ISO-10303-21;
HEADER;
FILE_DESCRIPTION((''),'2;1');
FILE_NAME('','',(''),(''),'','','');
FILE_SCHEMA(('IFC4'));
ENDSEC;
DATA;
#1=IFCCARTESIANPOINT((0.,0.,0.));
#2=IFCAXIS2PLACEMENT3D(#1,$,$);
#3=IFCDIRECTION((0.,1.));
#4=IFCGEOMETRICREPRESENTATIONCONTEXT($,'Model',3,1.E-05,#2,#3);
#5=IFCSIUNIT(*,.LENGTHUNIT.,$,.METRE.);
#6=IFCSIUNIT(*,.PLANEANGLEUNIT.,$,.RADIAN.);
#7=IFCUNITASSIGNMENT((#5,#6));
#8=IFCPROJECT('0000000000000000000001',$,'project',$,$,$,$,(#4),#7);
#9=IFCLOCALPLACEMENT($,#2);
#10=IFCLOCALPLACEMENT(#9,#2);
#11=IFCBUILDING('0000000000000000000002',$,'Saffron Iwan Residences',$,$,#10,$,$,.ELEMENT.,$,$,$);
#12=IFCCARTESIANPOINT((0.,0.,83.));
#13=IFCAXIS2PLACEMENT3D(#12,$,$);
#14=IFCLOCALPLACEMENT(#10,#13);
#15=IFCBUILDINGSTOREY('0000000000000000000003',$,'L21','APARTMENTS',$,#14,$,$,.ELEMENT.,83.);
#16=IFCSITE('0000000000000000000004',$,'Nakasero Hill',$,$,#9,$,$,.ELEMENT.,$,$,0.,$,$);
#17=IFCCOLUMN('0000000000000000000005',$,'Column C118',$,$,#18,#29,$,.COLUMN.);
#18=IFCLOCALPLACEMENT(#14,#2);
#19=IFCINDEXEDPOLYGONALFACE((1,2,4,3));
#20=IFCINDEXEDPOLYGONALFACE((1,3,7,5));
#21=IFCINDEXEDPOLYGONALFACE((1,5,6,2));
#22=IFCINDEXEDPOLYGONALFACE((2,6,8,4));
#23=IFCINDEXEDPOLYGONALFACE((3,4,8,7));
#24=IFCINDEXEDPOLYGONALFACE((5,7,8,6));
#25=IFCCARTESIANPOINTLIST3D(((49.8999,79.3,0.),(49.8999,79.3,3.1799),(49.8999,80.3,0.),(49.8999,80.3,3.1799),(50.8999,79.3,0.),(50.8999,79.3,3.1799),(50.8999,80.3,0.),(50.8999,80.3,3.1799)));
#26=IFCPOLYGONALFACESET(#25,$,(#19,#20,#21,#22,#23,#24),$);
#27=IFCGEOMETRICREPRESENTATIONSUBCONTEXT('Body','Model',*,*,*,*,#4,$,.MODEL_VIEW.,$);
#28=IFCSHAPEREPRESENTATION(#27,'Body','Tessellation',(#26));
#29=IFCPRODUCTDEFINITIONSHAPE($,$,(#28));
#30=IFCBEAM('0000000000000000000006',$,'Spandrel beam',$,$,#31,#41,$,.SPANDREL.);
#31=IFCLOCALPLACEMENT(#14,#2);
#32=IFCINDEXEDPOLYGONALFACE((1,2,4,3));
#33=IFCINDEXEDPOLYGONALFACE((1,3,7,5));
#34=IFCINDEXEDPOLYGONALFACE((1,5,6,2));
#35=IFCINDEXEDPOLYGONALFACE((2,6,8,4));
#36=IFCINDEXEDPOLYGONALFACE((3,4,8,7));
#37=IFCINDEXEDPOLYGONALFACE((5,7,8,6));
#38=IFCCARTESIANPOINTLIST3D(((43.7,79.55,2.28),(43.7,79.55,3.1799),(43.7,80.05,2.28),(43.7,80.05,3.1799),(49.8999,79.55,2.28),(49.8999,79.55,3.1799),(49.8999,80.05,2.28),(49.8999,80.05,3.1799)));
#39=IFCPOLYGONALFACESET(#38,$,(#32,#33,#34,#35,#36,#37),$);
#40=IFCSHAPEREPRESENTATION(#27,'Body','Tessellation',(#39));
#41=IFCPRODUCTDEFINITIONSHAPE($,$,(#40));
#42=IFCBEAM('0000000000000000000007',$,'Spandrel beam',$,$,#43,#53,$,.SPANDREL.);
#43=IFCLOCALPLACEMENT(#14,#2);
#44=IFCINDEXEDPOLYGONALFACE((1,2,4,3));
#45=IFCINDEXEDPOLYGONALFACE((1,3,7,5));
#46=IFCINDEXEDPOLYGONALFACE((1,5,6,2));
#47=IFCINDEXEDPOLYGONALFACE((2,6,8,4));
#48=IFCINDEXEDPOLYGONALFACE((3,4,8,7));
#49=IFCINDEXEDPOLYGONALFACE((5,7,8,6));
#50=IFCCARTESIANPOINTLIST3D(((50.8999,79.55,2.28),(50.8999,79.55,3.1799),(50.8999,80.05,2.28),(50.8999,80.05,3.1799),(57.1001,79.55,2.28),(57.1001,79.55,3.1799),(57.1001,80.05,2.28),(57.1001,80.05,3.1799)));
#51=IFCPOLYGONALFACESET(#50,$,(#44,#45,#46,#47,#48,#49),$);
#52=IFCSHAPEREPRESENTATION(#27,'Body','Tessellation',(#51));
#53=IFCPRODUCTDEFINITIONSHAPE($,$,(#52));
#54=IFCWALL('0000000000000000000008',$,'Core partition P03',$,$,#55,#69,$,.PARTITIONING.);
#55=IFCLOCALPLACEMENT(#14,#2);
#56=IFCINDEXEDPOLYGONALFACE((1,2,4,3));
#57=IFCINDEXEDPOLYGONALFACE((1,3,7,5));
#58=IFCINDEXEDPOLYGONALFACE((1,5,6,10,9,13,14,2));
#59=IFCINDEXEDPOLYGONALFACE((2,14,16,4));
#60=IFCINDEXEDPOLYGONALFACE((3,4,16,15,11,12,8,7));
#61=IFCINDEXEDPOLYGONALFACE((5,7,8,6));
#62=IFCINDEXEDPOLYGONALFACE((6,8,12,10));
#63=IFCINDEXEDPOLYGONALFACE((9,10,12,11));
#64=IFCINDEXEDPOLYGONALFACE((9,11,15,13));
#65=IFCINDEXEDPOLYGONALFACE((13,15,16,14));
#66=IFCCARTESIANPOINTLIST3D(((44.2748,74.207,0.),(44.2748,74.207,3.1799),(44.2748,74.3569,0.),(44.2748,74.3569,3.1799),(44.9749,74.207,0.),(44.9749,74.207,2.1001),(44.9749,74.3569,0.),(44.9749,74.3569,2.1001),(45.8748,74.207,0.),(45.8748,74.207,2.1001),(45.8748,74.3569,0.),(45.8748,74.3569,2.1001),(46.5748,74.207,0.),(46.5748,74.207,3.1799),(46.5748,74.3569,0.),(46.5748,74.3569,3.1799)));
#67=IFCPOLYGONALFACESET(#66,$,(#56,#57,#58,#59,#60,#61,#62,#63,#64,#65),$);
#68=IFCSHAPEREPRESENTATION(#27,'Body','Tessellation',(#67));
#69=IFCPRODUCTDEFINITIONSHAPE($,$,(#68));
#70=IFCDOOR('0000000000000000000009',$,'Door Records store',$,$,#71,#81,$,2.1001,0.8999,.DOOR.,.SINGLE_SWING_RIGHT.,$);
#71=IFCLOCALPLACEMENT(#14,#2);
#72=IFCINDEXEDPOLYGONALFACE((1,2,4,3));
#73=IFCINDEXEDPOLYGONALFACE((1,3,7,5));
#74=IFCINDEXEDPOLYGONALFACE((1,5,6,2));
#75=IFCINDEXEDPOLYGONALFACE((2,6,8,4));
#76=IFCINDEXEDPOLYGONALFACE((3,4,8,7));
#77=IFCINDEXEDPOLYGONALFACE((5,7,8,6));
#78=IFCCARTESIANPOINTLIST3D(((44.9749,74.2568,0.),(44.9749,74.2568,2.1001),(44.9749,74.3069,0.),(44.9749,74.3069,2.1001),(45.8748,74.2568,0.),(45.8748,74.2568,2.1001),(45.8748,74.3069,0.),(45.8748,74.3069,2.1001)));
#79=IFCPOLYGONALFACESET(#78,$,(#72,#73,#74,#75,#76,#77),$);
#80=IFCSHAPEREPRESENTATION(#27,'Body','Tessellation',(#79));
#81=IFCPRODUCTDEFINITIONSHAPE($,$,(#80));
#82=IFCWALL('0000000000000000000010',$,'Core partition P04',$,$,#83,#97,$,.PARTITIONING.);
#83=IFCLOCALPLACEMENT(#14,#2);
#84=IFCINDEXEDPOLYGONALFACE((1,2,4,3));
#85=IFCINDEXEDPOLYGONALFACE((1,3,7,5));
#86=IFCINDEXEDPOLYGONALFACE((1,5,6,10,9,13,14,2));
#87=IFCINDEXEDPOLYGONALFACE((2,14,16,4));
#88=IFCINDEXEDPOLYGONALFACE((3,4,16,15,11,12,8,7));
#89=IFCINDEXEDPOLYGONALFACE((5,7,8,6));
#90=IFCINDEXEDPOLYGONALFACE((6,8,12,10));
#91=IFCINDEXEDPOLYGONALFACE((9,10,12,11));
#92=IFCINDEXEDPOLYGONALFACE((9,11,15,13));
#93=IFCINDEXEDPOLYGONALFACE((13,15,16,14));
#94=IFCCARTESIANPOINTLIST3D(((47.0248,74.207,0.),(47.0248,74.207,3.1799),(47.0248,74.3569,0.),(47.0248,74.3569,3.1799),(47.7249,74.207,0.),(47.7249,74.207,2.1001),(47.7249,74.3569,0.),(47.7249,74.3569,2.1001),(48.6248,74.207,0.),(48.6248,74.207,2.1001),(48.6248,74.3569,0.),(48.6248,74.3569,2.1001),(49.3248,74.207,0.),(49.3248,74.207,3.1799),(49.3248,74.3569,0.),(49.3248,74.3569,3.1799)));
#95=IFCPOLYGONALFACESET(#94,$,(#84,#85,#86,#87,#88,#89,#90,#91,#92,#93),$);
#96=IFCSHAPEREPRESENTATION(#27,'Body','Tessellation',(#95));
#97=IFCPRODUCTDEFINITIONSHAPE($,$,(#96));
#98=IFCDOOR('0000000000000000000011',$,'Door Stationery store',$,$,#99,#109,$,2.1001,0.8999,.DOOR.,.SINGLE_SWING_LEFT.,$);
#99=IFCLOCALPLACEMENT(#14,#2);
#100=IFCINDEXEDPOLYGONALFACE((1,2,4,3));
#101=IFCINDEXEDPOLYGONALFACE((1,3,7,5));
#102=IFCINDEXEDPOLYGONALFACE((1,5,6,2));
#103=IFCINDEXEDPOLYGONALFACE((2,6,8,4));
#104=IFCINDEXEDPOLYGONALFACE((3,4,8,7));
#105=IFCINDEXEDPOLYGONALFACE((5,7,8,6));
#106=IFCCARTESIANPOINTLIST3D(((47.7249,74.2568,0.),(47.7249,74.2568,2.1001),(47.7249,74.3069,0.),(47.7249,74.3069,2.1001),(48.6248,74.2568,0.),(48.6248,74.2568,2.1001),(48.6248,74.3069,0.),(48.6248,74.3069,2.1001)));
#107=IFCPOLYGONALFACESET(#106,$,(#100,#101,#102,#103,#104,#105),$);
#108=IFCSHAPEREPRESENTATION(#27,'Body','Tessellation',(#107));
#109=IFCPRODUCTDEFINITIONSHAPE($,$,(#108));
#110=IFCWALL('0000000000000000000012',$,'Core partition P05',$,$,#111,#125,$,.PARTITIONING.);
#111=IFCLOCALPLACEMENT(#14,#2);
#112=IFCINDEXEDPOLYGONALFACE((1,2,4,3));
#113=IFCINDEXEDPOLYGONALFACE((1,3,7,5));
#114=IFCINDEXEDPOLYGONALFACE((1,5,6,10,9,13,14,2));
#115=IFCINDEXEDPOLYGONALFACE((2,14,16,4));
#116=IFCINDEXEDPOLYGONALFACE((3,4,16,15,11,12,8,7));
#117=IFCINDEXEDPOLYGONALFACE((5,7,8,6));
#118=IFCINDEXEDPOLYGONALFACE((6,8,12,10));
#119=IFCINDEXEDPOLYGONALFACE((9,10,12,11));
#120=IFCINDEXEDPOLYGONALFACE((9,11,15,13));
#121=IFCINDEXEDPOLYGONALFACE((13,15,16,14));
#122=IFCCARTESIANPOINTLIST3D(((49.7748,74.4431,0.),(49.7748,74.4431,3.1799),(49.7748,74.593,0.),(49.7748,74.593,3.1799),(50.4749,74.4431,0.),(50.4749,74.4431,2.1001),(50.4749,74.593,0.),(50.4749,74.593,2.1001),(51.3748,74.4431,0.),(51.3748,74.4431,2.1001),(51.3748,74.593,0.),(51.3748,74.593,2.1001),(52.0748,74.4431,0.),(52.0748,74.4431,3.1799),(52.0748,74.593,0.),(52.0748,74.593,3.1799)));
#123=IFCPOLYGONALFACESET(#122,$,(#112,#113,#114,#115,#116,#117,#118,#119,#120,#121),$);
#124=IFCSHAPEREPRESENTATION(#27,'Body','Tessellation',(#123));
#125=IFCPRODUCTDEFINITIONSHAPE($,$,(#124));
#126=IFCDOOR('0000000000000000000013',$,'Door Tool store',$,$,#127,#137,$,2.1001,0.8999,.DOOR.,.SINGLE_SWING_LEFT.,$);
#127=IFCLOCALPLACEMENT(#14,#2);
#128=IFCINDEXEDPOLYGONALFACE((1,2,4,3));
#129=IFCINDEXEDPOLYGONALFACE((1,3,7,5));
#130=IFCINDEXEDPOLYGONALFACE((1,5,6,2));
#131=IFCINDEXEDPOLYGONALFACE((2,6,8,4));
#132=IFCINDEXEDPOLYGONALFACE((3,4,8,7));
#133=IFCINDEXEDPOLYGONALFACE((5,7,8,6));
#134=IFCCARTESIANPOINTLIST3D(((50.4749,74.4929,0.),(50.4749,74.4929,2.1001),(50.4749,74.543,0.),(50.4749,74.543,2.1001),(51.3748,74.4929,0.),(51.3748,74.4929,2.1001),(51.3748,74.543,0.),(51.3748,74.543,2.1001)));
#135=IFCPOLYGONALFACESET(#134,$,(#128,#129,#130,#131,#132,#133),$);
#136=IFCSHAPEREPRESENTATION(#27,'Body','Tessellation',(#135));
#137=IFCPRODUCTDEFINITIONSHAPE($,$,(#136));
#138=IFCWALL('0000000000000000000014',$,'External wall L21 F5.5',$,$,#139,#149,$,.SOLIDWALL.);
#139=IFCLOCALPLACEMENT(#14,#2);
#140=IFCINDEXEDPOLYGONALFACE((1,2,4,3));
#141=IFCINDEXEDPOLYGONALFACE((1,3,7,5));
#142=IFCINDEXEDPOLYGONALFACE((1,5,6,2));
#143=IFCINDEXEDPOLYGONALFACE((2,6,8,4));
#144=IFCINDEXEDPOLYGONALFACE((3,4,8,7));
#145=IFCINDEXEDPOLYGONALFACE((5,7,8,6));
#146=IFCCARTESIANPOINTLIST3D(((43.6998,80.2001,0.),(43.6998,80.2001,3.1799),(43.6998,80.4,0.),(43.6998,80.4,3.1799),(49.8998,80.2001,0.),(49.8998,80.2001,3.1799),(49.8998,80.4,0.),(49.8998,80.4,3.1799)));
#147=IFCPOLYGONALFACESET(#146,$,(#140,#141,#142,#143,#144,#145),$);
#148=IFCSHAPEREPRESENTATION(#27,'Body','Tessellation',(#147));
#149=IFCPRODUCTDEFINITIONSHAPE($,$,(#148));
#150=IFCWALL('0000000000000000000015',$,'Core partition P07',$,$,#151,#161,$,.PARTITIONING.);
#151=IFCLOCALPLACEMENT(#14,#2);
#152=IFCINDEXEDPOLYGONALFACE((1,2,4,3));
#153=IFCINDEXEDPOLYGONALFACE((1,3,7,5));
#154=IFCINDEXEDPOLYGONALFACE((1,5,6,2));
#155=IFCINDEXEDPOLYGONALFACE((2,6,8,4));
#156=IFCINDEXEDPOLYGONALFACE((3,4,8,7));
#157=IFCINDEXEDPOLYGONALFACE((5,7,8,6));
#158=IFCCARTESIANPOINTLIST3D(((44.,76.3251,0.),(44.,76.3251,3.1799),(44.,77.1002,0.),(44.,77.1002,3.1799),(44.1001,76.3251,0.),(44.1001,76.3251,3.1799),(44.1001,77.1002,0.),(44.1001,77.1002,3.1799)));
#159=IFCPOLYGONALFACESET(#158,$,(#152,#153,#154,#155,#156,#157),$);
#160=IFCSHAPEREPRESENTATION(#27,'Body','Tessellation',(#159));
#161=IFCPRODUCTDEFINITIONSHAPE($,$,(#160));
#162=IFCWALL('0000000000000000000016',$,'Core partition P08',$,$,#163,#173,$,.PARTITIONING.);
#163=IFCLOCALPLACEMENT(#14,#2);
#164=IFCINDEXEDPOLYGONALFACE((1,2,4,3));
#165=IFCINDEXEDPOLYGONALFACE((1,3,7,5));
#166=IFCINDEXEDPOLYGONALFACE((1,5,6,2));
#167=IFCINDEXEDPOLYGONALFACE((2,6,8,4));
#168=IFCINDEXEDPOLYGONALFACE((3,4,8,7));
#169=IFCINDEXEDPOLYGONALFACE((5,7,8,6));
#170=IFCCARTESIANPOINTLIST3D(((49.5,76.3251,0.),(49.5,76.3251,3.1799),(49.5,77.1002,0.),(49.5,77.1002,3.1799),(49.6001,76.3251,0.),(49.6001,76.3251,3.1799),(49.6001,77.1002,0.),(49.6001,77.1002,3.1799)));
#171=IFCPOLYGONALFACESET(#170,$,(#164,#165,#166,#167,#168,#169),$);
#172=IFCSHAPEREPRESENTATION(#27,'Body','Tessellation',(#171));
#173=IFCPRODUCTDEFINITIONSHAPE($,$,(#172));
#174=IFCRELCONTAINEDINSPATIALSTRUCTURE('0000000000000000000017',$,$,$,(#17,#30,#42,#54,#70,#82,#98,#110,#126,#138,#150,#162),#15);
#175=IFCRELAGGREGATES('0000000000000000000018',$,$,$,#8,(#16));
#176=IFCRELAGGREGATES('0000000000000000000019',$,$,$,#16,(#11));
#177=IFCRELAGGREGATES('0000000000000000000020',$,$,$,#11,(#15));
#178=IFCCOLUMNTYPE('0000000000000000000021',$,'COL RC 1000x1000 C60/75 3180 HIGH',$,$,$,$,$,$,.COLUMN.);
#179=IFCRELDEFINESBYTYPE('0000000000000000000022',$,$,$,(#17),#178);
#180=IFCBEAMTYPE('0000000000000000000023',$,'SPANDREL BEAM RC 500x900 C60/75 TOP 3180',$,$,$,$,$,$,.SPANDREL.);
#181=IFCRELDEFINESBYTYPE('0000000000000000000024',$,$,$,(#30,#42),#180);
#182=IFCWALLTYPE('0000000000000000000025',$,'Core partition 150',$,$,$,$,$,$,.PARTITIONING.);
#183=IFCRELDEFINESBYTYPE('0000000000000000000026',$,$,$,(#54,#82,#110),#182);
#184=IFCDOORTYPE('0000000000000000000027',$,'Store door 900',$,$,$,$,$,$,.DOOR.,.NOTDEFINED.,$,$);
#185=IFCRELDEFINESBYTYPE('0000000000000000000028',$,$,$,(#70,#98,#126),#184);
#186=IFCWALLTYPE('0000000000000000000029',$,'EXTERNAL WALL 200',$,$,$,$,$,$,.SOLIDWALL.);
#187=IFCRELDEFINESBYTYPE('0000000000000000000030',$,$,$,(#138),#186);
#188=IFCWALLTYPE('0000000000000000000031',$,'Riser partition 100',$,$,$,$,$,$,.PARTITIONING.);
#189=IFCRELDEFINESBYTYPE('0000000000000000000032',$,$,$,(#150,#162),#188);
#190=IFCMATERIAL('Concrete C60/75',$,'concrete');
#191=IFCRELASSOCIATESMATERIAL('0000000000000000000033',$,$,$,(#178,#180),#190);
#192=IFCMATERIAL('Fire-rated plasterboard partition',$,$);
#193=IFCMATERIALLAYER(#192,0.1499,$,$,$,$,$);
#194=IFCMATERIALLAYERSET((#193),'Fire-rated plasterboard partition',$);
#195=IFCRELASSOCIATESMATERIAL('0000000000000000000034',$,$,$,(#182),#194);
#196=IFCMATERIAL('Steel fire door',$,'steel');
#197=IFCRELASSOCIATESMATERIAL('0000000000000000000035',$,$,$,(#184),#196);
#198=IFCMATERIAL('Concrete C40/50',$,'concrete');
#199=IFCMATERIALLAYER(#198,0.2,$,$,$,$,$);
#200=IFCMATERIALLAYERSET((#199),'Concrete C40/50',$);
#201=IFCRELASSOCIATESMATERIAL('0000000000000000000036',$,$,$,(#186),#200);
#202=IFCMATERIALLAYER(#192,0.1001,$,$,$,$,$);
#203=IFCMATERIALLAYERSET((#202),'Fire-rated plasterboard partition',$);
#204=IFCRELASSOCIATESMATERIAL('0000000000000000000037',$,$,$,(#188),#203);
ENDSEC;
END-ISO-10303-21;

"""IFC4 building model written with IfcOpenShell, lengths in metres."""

from ifc_helpers import new_model, si_unit, direction, frame, frame_2d, origin, origin_2d, place, context, subcontext, project, spatial, rectangle, extrude, source, transform, mapped, material, layer, layer_set, material_profile, profile_set, type_object, element, fill, save


model = new_model("IFC4")

# Units and contexts
model_context = context("Model", 3, precision=1e-05, world=origin(), true_north=direction((0.0, 1.0)))
body_context = subcontext(model_context, "Body", "Model", "MODEL_VIEW")
ifc_project = project(units=[si_unit("LENGTHUNIT", "METRE"), si_unit("PLANEANGLEUNIT", "RADIAN")], contexts=[model_context])

# Site, building, storey
site_placement = place(None, origin())
site = spatial("IfcSite", under=ifc_project, at=site_placement, Name="Nakasero Hill", CompositionType="ELEMENT", RefElevation=0.0)
building_placement = place(site_placement, origin())
building = spatial("IfcBuilding", under=site, at=building_placement, Name="Saffron Iwan Residences", CompositionType="ELEMENT")
storey_placement = place(building_placement, frame((0.0, 0.0, 83.0)))
storey = spatial("IfcBuildingStorey", under=building, at=storey_placement, Name="L21", Description="APARTMENTS", CompositionType="ELEMENT", Elevation=83.0)

# Column
ifc_material_1 = material(Name="Concrete C60/75", Category="concrete")
ifc_material_profile_1 = material_profile(ifc_material_1, rectangle(XDim=1.0, YDim=1.0, at=origin_2d()), Name="RC 1000x1000")
ifc_profile_set_1 = profile_set([ifc_material_profile_1], Name="Concrete C60/75")
column_type = type_object("IfcColumnType", Name="COL RC 1000x1000 C60/75 3180 HIGH", PredefinedType="COLUMN", material=ifc_profile_set_1)
shared_shape_1 = source(origin(), body_context, "Body", "SweptSolid", [
    extrude(rectangle(XDim=1.0, YDim=1.0, at=origin_2d()), origin(), (0.0, 0.0, 1.0), 3.1799),
])
column_placement = place(storey_placement, frame((50.3999, 79.8, 0.0), z_axis=(0.0, 0.0, 1.0), x_axis=(1.0, 0.0, 0.0)))
element("IfcColumn", 1, at=column_placement, inside=storey, type_object=column_type, Name="Column C118", PredefinedType="COLUMN", context=body_context, shape_type="MappedRepresentation", body=[
    mapped(shared_shape_1, transform((0.0, 0.0, 0.0))),
])

# Beams
ifc_material_profile_2 = material_profile(ifc_material_1, rectangle(XDim=0.5, YDim=0.8999, at=origin_2d()), Name="RC 500x900")
ifc_profile_set_2 = profile_set([ifc_material_profile_2], Name="Concrete C60/75")
beam_type = type_object("IfcBeamType", Name="SPANDREL BEAM RC 500x900 C60/75 TOP 3180", PredefinedType="SPANDREL", material=ifc_profile_set_2)
shared_shape_2 = source(origin(), body_context, "Body", "SweptSolid", [
    extrude(rectangle(XDim=0.5, YDim=0.8999, at=origin_2d()), origin(), (0.0, 0.0, 1.0), 6.2),
])
beam_1_placement = place(storey_placement, frame((43.7, 79.8, 2.73), z_axis=(1.0, 0.0, 0.0), x_axis=(0.0, 1.0, 0.0)))
element("IfcBeam", 2, at=beam_1_placement, inside=storey, type_object=beam_type, Name="Spandrel beam", PredefinedType="SPANDREL", context=body_context, shape_type="MappedRepresentation", body=[
    mapped(shared_shape_2, transform((0.0, 0.0, 0.0))),
])
shared_shape_3 = source(origin(), body_context, "Body", "SweptSolid", [
    extrude(rectangle(XDim=0.5, YDim=0.8999, at=origin_2d()), origin(), (0.0, 0.0, 1.0), 6.2002),
])
beam_2_placement = place(storey_placement, frame((50.8999, 79.8, 2.73), z_axis=(1.0, 0.0, 0.0), x_axis=(0.0, 1.0, 0.0)))
element("IfcBeam", 3, at=beam_2_placement, inside=storey, type_object=beam_type, Name="Spandrel beam", PredefinedType="SPANDREL", context=body_context, shape_type="MappedRepresentation", body=[
    mapped(shared_shape_3, transform((0.0, 0.0, 0.0))),
])

# Walls, openings, doors
ifc_material_2 = material(Name="Fire-rated plasterboard partition")
ifc_layer_1 = layer(ifc_material_2, 0.1499)
ifc_layer_set_1 = layer_set([ifc_layer_1], Name="Fire-rated plasterboard partition")
wall_type_1 = type_object("IfcWallType", Name="Core partition 150", PredefinedType="PARTITIONING", material=ifc_layer_set_1)
wall_1_placement = place(storey_placement, frame((44.2749, 74.282, 0.0), z_axis=(0.0, 0.0, 1.0), x_axis=(1.0, 0.0, 0.0)))
wall_1 = element("IfcWall", 4, at=wall_1_placement, inside=storey, type_object=wall_type_1, Name="Core partition P03", PredefinedType="PARTITIONING", context=body_context, shape_type="SweptSolid", body=[
    extrude(rectangle(XDim=2.3, YDim=0.1499, at=frame_2d((1.1499, 0.0))), origin(), (0.0, 0.0, 1.0), 3.1799),
])
opening_1_placement = place(wall_1_placement, frame((0.7, 0.0, 0.0)))
opening_1 = element("IfcOpeningElement", 5, at=opening_1_placement, cuts=wall_1, PredefinedType="OPENING", context=body_context, shape_type="SweptSolid", body=[
    extrude(rectangle(XDim=0.8999, YDim=2.1001, at=frame_2d((0.45, 1.05))), frame((0.0, 0.085, 0.0), z_axis=(0.0, -1.0, 0.0), x_axis=(1.0, 0.0, 0.0)), (0.0, 0.0, 1.0), 0.1699),
])
ifc_material_3 = material(Name="Steel fire door", Category="steel")
door_type = type_object("IfcDoorType", Name="Store door 900", OperationType="NOTDEFINED", PredefinedType="DOOR", material=ifc_material_3)
door_1_placement = place(opening_1_placement, origin())
door_1 = element("IfcDoor", 6, at=door_1_placement, inside=storey, type_object=door_type, Name="Door Records store", OperationType="SINGLE_SWING_RIGHT", OverallHeight=2.1001, OverallWidth=0.8999, PredefinedType="DOOR", context=body_context, shape_type="SweptSolid", body=[
    extrude(rectangle(XDim=0.8999, YDim=2.1001, at=frame_2d((0.45, 1.05))), frame((0.0, 0.0249, 0.0), z_axis=(0.0, -1.0, 0.0), x_axis=(1.0, 0.0, 0.0)), (0.0, 0.0, 1.0), 0.05),
])
fill(opening_1, door_1)
wall_2_placement = place(storey_placement, frame((47.0249, 74.282, 0.0), z_axis=(0.0, 0.0, 1.0), x_axis=(1.0, 0.0, 0.0)))
wall_2 = element("IfcWall", 7, at=wall_2_placement, inside=storey, type_object=wall_type_1, Name="Core partition P04", PredefinedType="PARTITIONING", context=body_context, shape_type="SweptSolid", body=[
    extrude(rectangle(XDim=2.3, YDim=0.1499, at=frame_2d((1.1499, 0.0))), origin(), (0.0, 0.0, 1.0), 3.1799),
])
opening_2_placement = place(wall_2_placement, frame((0.7, 0.0, 0.0)))
opening_2 = element("IfcOpeningElement", 8, at=opening_2_placement, cuts=wall_2, PredefinedType="OPENING", context=body_context, shape_type="SweptSolid", body=[
    extrude(rectangle(XDim=0.8999, YDim=2.1001, at=frame_2d((0.45, 1.05))), frame((0.0, 0.085, 0.0), z_axis=(0.0, -1.0, 0.0), x_axis=(1.0, 0.0, 0.0)), (0.0, 0.0, 1.0), 0.1699),
])
door_2_placement = place(opening_2_placement, origin())
door_2 = element("IfcDoor", 9, at=door_2_placement, inside=storey, type_object=door_type, Name="Door Stationery store", OperationType="SINGLE_SWING_LEFT", OverallHeight=2.1001, OverallWidth=0.8999, PredefinedType="DOOR", context=body_context, shape_type="SweptSolid", body=[
    extrude(rectangle(XDim=0.8999, YDim=2.1001, at=frame_2d((0.45, 1.05))), frame((0.0, 0.0249, 0.0), z_axis=(0.0, -1.0, 0.0), x_axis=(1.0, 0.0, 0.0)), (0.0, 0.0, 1.0), 0.05),
])
fill(opening_2, door_2)
wall_3_placement = place(storey_placement, frame((49.7749, 74.5181, 0.0), z_axis=(0.0, 0.0, 1.0), x_axis=(1.0, 0.0, 0.0)))
wall_3 = element("IfcWall", 10, at=wall_3_placement, inside=storey, type_object=wall_type_1, Name="Core partition P05", PredefinedType="PARTITIONING", context=body_context, shape_type="SweptSolid", body=[
    extrude(rectangle(XDim=2.3, YDim=0.1499, at=frame_2d((1.1499, 0.0))), origin(), (0.0, 0.0, 1.0), 3.1799),
])
opening_3_placement = place(wall_3_placement, frame((0.7, 0.0, 0.0)))
opening_3 = element("IfcOpeningElement", 11, at=opening_3_placement, cuts=wall_3, PredefinedType="OPENING", context=body_context, shape_type="SweptSolid", body=[
    extrude(rectangle(XDim=0.8999, YDim=2.1001, at=frame_2d((0.45, 1.05))), frame((0.0, 0.085, 0.0), z_axis=(0.0, -1.0, 0.0), x_axis=(1.0, 0.0, 0.0)), (0.0, 0.0, 1.0), 0.1699),
])
door_3_placement = place(opening_3_placement, origin())
door_3 = element("IfcDoor", 12, at=door_3_placement, inside=storey, type_object=door_type, Name="Door Tool store", OperationType="SINGLE_SWING_LEFT", OverallHeight=2.1001, OverallWidth=0.8999, PredefinedType="DOOR", context=body_context, shape_type="SweptSolid", body=[
    extrude(rectangle(XDim=0.8999, YDim=2.1001, at=frame_2d((0.45, 1.05))), frame((0.0, 0.0249, 0.0), z_axis=(0.0, -1.0, 0.0), x_axis=(1.0, 0.0, 0.0)), (0.0, 0.0, 1.0), 0.05),
])
fill(opening_3, door_3)

# Walls
ifc_material_4 = material(Name="Concrete C40/50", Category="concrete")
ifc_layer_2 = layer(ifc_material_4, 0.2)
ifc_layer_set_2 = layer_set([ifc_layer_2], Name="Concrete C40/50")
wall_type_2 = type_object("IfcWallType", Name="EXTERNAL WALL 200", PredefinedType="SOLIDWALL", material=ifc_layer_set_2)
wall_4_placement = place(storey_placement, frame((49.8999, 80.3, 0.0), z_axis=(0.0, 0.0, 1.0), x_axis=(-1.0, 0.0, 0.0)))
element("IfcWall", 13, at=wall_4_placement, inside=storey, type_object=wall_type_2, Name="External wall L21 F5.5", PredefinedType="SOLIDWALL", context=body_context, shape_type="SweptSolid", body=[
    extrude(rectangle(XDim=6.2, YDim=0.2, at=frame_2d((3.1001, 0.0))), origin(), (0.0, 0.0, 1.0), 3.1799),
])
ifc_layer_3 = layer(ifc_material_2, 0.1001)
ifc_layer_set_3 = layer_set([ifc_layer_3], Name="Fire-rated plasterboard partition")
wall_type_3 = type_object("IfcWallType", Name="Riser partition 100", PredefinedType="PARTITIONING", material=ifc_layer_set_3)
for number, where, z_axis, x_axis, name in (
    (14, (44.05, 76.325, 0.0), (0.0, 0.0, 1.0), (0.0, 1.0, 0.0), "Core partition P07"),
    (15, (49.55, 76.325, 0.0), (0.0, 0.0, 1.0), (0.0, 1.0, 0.0), "Core partition P08"),
):
    element("IfcWall", number, at=place(storey_placement, frame(where, z_axis=z_axis, x_axis=x_axis)), inside=storey, type_object=wall_type_3, Name=name, PredefinedType="PARTITIONING", context=body_context, shape_type="SweptSolid", body=[
        extrude(rectangle(XDim=0.7751, YDim=0.1001, at=frame_2d((0.3877, 0.0))), origin(), (0.0, 0.0, 1.0), 3.1799),
    ])

save(model, "model.ifc")
